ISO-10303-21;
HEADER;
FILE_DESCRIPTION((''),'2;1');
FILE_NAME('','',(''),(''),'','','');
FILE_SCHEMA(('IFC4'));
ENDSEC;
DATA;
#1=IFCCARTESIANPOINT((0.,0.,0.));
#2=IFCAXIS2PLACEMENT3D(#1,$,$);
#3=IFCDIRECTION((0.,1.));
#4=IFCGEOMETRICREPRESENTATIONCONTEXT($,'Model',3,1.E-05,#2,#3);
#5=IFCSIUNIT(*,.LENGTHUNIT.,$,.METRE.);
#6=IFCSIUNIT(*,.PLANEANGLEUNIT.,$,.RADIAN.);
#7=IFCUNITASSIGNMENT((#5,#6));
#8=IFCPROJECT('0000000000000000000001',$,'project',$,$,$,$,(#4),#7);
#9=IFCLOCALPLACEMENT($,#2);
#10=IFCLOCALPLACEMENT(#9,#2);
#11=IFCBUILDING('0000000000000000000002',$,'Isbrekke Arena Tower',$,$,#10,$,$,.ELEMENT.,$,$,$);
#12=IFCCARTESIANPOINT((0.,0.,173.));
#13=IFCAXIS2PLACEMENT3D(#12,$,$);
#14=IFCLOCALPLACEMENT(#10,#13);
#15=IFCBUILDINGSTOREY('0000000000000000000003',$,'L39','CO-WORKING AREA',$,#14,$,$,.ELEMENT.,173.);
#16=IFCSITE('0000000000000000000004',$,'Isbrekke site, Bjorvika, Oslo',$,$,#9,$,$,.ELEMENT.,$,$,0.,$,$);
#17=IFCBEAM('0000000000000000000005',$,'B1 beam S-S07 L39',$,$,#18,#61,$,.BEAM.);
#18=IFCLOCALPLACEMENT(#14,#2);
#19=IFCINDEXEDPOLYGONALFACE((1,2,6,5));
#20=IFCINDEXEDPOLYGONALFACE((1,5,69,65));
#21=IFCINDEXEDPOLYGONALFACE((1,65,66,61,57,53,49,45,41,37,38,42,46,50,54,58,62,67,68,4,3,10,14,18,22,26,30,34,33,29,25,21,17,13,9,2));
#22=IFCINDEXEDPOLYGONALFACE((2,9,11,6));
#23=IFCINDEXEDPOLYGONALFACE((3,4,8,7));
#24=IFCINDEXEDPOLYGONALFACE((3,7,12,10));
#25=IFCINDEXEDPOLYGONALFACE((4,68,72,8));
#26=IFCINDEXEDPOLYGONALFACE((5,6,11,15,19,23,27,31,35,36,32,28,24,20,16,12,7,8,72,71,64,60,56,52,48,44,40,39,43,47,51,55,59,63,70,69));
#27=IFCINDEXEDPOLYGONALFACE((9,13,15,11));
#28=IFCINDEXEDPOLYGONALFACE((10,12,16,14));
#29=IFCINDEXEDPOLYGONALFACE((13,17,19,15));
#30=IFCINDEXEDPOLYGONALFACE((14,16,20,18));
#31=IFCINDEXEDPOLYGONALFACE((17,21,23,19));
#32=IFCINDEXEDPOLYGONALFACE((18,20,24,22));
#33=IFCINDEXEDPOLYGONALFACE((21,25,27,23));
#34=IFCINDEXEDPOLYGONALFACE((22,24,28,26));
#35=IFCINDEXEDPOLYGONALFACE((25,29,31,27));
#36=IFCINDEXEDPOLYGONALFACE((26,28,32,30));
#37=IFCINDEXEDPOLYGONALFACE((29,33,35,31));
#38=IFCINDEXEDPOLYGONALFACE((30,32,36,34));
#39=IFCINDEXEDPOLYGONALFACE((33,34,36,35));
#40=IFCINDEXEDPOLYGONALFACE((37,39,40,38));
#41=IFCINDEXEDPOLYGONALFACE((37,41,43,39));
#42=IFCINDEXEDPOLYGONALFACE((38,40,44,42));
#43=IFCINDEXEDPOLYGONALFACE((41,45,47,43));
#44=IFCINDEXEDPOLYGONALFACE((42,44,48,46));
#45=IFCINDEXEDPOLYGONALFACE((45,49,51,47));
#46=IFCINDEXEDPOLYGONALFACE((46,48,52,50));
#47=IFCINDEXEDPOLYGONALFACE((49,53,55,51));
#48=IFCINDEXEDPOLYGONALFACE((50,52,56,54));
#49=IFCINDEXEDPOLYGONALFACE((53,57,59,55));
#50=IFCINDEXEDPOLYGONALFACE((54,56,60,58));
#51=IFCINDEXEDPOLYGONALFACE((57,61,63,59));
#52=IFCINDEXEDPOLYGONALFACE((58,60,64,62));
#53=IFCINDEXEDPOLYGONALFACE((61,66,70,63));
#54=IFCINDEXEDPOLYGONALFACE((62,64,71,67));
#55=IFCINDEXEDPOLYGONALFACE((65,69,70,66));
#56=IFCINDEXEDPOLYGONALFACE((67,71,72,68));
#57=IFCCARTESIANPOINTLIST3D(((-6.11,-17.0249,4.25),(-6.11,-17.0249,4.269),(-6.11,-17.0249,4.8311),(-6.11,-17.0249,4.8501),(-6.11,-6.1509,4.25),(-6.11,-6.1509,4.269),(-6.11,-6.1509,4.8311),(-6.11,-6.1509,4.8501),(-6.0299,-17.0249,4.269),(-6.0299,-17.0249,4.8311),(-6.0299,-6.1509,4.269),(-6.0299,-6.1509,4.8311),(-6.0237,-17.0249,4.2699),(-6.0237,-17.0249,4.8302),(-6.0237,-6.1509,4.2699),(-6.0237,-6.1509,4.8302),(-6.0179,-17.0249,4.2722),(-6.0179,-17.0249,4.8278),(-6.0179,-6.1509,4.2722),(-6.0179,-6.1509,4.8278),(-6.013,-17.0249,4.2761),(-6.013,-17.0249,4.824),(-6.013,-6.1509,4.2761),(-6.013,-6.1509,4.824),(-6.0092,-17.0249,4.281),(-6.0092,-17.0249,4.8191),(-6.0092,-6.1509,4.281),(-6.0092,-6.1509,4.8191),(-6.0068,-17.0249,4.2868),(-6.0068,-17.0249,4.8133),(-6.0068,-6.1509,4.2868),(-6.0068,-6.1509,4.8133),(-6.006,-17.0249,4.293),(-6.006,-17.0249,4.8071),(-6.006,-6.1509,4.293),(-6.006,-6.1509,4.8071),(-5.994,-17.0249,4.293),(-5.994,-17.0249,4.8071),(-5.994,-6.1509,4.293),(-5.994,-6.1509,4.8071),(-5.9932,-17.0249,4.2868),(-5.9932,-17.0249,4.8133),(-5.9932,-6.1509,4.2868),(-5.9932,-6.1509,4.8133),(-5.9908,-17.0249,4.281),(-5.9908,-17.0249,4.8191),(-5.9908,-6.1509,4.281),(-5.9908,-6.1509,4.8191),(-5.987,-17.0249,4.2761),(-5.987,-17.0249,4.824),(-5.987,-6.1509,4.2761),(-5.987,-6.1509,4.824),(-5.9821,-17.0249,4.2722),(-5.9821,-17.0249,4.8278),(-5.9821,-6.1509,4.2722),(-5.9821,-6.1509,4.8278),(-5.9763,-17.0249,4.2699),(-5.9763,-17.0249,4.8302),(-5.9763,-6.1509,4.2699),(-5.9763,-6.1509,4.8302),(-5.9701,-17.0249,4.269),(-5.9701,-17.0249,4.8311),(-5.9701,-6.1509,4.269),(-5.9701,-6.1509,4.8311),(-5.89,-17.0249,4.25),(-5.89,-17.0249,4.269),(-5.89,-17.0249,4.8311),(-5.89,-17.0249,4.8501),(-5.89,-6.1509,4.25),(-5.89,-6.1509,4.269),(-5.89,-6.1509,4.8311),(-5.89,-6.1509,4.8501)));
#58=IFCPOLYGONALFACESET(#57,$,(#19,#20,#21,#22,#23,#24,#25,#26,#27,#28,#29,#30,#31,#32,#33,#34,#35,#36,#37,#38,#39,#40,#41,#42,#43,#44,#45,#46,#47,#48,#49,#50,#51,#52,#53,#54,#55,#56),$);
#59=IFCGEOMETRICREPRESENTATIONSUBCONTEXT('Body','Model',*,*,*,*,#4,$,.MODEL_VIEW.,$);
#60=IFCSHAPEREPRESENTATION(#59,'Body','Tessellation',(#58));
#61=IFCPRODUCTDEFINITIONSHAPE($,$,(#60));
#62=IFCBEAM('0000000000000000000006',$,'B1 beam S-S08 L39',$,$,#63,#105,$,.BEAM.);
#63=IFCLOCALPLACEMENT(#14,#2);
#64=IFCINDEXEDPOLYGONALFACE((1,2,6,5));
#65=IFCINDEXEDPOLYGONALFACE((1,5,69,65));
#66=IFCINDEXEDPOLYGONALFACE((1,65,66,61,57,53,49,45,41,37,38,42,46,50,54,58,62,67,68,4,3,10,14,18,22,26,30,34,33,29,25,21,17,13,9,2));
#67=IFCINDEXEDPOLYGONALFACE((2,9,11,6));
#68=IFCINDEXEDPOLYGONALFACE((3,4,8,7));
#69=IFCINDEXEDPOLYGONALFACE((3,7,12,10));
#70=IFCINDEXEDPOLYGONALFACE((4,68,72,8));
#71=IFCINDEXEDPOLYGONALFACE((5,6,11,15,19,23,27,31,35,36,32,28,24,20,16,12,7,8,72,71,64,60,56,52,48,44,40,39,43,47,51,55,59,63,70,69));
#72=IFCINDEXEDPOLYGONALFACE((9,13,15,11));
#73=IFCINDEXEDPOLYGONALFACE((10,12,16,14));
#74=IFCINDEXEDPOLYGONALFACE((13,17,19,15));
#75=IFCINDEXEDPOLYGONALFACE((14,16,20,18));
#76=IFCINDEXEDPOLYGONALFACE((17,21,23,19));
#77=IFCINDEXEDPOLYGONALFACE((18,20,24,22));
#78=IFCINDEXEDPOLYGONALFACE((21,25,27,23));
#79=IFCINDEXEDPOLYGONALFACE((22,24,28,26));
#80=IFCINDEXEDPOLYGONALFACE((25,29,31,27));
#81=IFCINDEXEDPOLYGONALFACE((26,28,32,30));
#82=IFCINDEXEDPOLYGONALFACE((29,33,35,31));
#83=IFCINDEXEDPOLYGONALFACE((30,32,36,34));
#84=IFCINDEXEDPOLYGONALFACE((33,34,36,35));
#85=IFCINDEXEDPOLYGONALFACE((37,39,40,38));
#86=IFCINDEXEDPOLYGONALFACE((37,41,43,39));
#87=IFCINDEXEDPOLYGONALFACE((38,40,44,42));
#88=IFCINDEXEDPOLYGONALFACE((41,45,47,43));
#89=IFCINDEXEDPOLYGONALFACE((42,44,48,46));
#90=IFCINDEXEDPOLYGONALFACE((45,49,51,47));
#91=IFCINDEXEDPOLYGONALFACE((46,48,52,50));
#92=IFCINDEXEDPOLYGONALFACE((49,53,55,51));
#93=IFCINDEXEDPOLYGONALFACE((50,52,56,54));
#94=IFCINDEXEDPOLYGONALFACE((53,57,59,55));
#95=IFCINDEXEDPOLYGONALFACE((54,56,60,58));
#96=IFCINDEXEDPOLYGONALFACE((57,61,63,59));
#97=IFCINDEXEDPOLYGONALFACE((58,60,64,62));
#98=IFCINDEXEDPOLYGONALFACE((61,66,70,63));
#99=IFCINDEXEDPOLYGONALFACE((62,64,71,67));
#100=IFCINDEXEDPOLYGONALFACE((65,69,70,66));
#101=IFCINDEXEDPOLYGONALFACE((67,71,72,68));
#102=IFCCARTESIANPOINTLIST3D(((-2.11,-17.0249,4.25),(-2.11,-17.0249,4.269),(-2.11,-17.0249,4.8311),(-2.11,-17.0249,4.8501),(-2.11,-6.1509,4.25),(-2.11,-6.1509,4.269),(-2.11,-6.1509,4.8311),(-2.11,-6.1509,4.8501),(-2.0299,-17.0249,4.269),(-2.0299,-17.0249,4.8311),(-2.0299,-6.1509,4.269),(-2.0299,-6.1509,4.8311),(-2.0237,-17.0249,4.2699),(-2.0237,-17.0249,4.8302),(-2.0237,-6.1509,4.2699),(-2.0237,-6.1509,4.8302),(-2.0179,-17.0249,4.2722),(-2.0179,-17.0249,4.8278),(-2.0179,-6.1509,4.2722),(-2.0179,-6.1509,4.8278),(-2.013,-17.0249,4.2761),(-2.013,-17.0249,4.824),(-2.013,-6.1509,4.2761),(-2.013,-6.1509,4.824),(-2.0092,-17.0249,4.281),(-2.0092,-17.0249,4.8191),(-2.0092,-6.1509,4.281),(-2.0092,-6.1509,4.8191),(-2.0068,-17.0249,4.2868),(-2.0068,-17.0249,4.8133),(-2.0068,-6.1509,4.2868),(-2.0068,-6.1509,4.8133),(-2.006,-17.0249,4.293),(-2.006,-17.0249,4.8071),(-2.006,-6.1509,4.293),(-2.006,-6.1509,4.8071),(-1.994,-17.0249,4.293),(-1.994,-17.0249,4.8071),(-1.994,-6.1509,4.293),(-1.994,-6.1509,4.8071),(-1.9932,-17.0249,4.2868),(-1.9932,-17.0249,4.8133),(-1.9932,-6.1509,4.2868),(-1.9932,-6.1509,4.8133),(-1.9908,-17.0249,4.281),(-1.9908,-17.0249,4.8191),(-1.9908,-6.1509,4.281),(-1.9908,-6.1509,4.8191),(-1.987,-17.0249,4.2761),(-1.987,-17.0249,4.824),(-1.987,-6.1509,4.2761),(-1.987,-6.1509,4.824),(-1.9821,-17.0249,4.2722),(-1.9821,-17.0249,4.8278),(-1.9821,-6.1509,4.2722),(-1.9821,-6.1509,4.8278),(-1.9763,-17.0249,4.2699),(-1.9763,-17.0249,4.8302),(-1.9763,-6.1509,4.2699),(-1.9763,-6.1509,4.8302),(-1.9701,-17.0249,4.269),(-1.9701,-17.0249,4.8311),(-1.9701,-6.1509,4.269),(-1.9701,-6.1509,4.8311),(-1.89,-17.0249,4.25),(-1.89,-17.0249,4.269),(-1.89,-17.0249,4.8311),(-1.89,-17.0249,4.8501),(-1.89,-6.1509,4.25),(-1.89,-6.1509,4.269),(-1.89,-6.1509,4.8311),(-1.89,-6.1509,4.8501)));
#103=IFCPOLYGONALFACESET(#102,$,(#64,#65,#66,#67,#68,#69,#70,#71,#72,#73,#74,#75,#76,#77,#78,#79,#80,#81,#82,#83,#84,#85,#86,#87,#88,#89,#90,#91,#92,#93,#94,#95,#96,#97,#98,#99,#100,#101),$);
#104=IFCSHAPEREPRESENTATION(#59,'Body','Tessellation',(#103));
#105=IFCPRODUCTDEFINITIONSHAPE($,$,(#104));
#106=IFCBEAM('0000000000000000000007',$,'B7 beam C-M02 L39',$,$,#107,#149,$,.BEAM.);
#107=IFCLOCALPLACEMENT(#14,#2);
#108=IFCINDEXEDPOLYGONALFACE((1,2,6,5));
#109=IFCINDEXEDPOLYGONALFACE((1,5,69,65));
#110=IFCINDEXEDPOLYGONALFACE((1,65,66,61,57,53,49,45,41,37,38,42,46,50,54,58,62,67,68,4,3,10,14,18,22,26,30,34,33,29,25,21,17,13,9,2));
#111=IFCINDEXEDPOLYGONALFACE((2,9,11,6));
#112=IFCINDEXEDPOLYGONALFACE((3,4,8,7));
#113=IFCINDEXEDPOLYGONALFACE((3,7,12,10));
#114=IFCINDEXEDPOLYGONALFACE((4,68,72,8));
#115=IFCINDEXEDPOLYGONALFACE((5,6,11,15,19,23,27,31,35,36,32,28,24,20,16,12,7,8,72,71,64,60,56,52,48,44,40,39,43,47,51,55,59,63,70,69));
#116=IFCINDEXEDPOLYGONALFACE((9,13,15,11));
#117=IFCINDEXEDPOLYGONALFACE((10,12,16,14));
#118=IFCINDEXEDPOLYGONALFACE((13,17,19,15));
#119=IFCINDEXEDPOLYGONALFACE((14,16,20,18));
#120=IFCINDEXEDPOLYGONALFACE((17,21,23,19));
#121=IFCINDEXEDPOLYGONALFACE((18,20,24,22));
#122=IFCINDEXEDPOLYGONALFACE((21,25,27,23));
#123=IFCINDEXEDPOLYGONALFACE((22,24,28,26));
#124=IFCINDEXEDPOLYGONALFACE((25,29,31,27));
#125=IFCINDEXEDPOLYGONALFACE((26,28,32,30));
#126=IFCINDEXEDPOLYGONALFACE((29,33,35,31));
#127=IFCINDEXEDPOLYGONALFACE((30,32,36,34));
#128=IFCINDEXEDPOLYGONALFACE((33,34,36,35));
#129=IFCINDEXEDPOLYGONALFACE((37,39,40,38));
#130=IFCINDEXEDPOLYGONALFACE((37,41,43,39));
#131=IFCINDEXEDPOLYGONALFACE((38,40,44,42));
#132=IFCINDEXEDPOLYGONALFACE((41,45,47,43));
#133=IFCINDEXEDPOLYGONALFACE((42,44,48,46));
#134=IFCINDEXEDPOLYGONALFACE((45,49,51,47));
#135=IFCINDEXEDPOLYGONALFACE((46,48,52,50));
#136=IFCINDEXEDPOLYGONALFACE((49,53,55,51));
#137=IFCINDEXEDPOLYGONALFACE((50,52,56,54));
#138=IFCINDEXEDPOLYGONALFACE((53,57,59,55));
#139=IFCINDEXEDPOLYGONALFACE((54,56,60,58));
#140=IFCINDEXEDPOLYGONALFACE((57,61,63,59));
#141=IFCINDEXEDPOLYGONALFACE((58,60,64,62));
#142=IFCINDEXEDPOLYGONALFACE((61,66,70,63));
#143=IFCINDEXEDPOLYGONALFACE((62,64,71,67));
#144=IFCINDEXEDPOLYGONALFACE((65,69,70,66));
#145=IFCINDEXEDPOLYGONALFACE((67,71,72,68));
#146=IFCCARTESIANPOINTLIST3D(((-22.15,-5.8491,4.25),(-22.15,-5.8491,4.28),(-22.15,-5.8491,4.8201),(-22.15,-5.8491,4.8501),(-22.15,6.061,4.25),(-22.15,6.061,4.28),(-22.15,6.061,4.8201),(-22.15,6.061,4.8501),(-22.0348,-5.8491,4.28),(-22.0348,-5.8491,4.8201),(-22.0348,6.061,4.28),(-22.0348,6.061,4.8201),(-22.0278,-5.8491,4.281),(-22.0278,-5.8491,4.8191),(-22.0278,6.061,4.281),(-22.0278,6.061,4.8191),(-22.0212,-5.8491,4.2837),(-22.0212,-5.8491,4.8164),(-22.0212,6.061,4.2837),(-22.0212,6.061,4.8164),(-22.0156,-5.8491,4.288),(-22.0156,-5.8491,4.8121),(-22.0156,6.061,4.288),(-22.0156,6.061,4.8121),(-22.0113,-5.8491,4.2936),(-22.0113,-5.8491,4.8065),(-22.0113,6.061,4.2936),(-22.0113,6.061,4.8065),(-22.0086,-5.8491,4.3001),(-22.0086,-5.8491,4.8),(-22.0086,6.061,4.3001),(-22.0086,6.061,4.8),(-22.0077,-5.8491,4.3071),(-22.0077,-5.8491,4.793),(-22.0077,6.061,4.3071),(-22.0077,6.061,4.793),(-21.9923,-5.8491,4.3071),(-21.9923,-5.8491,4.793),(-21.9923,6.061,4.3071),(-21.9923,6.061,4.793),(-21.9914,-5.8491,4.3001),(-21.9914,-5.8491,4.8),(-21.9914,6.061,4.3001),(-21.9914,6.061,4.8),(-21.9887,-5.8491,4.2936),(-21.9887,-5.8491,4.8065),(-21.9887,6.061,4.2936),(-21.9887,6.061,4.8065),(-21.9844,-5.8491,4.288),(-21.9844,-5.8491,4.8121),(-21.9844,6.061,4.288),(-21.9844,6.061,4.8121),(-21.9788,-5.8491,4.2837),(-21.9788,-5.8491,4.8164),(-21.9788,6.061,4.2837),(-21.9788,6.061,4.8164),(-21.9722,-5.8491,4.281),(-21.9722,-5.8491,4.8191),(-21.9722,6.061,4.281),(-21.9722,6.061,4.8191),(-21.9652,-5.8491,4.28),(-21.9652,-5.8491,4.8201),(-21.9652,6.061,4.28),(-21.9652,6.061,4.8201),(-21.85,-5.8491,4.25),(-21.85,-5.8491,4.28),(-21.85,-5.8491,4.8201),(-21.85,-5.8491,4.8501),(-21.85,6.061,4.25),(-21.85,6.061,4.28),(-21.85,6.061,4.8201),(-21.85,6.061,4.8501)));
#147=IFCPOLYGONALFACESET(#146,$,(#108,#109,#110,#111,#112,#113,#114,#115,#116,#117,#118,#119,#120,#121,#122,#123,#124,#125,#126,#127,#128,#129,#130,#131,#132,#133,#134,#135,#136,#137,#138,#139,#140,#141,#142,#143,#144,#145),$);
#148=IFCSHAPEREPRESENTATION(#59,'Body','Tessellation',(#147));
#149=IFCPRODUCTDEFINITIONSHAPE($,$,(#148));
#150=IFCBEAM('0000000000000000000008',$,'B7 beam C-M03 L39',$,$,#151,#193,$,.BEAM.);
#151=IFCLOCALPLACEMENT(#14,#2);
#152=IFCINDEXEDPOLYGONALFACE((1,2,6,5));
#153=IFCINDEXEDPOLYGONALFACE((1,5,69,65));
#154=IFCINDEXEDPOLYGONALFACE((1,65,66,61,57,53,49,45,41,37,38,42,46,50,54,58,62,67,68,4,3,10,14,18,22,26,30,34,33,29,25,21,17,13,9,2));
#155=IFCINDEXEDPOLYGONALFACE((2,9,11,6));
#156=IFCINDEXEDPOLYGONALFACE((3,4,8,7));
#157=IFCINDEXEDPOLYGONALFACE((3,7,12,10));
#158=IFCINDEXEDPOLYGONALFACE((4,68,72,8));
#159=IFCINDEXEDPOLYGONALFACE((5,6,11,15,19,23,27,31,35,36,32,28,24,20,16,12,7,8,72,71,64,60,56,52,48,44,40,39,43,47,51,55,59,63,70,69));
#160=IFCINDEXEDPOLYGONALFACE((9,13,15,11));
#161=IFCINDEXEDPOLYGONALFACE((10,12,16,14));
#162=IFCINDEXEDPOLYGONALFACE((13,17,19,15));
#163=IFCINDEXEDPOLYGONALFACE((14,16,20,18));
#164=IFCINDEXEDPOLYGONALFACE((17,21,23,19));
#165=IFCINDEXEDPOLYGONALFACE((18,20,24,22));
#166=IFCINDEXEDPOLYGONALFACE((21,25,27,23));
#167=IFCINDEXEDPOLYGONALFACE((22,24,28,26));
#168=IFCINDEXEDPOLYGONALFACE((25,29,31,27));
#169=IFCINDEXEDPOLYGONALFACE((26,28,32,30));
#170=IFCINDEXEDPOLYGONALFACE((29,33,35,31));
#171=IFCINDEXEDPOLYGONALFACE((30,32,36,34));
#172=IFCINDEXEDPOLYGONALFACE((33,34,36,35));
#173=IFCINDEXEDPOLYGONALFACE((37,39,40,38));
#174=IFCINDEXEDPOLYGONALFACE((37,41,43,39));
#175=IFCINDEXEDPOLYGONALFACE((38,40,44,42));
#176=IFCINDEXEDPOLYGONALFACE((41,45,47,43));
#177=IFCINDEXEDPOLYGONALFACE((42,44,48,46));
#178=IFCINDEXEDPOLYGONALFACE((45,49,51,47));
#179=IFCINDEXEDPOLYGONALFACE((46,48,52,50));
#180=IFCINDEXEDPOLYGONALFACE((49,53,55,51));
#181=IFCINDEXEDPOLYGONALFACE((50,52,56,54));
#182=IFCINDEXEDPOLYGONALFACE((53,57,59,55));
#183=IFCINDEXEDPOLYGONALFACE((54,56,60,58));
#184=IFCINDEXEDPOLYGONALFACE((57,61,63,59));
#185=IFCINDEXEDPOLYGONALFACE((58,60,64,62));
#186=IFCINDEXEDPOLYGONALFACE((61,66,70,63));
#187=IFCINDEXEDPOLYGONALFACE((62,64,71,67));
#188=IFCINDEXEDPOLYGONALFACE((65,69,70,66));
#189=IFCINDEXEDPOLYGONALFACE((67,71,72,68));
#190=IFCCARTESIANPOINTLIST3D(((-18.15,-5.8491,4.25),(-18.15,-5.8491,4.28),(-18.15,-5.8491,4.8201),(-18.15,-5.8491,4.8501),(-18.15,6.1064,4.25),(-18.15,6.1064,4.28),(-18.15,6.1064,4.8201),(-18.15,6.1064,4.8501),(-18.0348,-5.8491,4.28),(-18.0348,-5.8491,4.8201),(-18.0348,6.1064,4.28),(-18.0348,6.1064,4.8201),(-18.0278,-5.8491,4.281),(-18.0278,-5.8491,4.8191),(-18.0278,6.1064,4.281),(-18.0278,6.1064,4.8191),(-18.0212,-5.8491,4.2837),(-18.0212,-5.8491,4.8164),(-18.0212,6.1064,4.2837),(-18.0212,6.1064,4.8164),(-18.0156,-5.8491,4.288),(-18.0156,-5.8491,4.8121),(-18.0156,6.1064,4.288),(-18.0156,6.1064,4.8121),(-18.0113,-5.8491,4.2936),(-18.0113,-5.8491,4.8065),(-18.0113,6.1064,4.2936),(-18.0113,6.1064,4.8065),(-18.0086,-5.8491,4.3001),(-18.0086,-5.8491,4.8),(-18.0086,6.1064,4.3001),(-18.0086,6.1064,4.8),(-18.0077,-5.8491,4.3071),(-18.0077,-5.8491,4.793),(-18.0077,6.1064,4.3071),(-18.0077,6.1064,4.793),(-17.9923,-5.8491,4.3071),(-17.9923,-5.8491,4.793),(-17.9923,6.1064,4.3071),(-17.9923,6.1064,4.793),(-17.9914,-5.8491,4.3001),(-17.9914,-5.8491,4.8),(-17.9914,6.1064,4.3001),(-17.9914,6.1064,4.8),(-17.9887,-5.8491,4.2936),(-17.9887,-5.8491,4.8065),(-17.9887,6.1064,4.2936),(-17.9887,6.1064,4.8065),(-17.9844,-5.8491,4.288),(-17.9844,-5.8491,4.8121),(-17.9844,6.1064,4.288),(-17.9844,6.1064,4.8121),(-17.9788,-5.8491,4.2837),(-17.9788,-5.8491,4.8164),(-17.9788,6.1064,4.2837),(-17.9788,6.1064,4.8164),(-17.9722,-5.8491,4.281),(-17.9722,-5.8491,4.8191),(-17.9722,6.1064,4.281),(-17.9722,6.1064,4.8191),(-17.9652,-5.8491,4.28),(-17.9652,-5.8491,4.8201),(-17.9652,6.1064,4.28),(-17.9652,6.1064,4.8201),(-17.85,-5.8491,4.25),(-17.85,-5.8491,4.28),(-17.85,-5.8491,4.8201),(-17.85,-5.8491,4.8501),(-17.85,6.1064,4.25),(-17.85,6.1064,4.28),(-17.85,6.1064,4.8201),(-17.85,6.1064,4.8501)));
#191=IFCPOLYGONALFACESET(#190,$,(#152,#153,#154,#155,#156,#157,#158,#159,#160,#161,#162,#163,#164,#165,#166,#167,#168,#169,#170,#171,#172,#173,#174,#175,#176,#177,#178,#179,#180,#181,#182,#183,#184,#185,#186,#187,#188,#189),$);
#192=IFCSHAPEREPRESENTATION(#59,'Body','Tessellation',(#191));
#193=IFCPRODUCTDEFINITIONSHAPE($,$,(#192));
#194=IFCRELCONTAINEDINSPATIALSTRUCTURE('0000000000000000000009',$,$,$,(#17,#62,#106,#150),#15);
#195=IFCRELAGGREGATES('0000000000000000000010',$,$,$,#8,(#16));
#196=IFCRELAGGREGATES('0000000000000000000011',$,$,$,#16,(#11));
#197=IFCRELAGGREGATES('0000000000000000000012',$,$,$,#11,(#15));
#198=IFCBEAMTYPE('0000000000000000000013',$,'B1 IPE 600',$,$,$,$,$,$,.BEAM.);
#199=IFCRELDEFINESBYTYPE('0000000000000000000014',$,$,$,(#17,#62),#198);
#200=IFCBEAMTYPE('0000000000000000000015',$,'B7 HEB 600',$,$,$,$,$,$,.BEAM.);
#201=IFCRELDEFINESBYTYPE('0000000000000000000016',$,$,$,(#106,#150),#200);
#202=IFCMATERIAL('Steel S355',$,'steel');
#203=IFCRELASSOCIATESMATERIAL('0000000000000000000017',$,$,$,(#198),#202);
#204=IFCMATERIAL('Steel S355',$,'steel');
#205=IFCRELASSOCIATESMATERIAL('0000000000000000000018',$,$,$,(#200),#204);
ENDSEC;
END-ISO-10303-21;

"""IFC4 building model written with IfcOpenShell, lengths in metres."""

from ifc_helpers import new_model, si_unit, direction, frame, origin, origin_2d, place, context, subcontext, project, spatial, i_section, extrude, material, material_profile, profile_set, type_object, element, save


model = new_model("IFC4")

# Units and contexts
model_context = context("Model", 3, precision=1e-05, world=origin(), true_north=direction((0.0, 1.0)))
body_context = subcontext(model_context, "Body", "Model", "MODEL_VIEW")
ifc_project = project(units=[si_unit("LENGTHUNIT", "METRE"), si_unit("PLANEANGLEUNIT", "RADIAN")], contexts=[model_context])

# Site, building, storey
site_placement = place(None, origin())
site = spatial("IfcSite", under=ifc_project, at=site_placement, Name="Isbrekke site, Bjorvika, Oslo", CompositionType="ELEMENT", RefElevation=0.0)
building_placement = place(site_placement, origin())
building = spatial("IfcBuilding", under=site, at=building_placement, Name="Isbrekke Arena Tower", CompositionType="ELEMENT")
storey_placement = place(building_placement, frame((0.0, 0.0, 173.0)))
storey = spatial("IfcBuildingStorey", under=building, at=storey_placement, Name="L39", Description="CO-WORKING AREA", CompositionType="ELEMENT", Elevation=173.0)

# Beams
ifc_material_1 = material(Name="Steel S355", Category="steel")
ifc_material_profile_1 = material_profile(ifc_material_1, i_section(OverallWidth=0.22, OverallDepth=0.6001, WebThickness=0.012, FlangeThickness=0.019, FilletRadius=0.0239, at=origin_2d()), Name="IPE 600")
ifc_profile_set_1 = profile_set([ifc_material_profile_1], Name="Steel S355")
beam_type_1 = type_object("IfcBeamType", Name="B1 IPE 600", PredefinedType="BEAM", material=ifc_profile_set_1)
for number, where, z_axis, x_axis, name in (
    (1, (-6.0, -17.0249, 4.55), (0.0, 1.0, 0.0), (-1.0, 0.0, 0.0), "B1 beam S-S07 L39"),
    (2, (-2.0, -17.0249, 4.55), (0.0, 1.0, 0.0), (-1.0, 0.0, 0.0), "B1 beam S-S08 L39"),
):
    element("IfcBeam", number, at=place(storey_placement, frame(where, z_axis=z_axis, x_axis=x_axis)), inside=storey, type_object=beam_type_1, Name=name, PredefinedType="BEAM", context=body_context, shape_type="SweptSolid", body=[
        extrude(i_section(OverallWidth=0.22, OverallDepth=0.6001, WebThickness=0.012, FlangeThickness=0.019, FilletRadius=0.0239, at=origin_2d()), origin(), (0.0, 0.0, 1.0), 10.874),
    ])
ifc_material_2 = material(Name="Steel S355", Category="steel")
ifc_material_profile_2 = material_profile(ifc_material_2, i_section(OverallWidth=0.3, OverallDepth=0.6001, WebThickness=0.0154, FlangeThickness=0.03, FilletRadius=0.0271, at=origin_2d()), Name="HEB 600")
ifc_profile_set_2 = profile_set([ifc_material_profile_2], Name="Steel S355")
beam_type_2 = type_object("IfcBeamType", Name="B7 HEB 600", PredefinedType="BEAM", material=ifc_profile_set_2)
beam_1_placement = place(storey_placement, frame((-22.0, -5.8491, 4.55), z_axis=(0.0, 1.0, 0.0), x_axis=(-1.0, 0.0, 0.0)))
element("IfcBeam", 3, at=beam_1_placement, inside=storey, type_object=beam_type_2, Name="B7 beam C-M02 L39", PredefinedType="BEAM", context=body_context, shape_type="SweptSolid", body=[
    extrude(i_section(OverallWidth=0.3, OverallDepth=0.6001, WebThickness=0.0154, FlangeThickness=0.03, FilletRadius=0.0271, at=origin_2d()), origin(), (0.0, 0.0, 1.0), 11.9102),
])
beam_2_placement = place(storey_placement, frame((-18.0, -5.8491, 4.55), z_axis=(0.0, 1.0, 0.0), x_axis=(-1.0, 0.0, 0.0)))
element("IfcBeam", 4, at=beam_2_placement, inside=storey, type_object=beam_type_2, Name="B7 beam C-M03 L39", PredefinedType="BEAM", context=body_context, shape_type="SweptSolid", body=[
    extrude(i_section(OverallWidth=0.3, OverallDepth=0.6001, WebThickness=0.0154, FlangeThickness=0.03, FilletRadius=0.0271, at=origin_2d()), origin(), (0.0, 0.0, 1.0), 11.9556),
])

save(model, "model.ifc")
